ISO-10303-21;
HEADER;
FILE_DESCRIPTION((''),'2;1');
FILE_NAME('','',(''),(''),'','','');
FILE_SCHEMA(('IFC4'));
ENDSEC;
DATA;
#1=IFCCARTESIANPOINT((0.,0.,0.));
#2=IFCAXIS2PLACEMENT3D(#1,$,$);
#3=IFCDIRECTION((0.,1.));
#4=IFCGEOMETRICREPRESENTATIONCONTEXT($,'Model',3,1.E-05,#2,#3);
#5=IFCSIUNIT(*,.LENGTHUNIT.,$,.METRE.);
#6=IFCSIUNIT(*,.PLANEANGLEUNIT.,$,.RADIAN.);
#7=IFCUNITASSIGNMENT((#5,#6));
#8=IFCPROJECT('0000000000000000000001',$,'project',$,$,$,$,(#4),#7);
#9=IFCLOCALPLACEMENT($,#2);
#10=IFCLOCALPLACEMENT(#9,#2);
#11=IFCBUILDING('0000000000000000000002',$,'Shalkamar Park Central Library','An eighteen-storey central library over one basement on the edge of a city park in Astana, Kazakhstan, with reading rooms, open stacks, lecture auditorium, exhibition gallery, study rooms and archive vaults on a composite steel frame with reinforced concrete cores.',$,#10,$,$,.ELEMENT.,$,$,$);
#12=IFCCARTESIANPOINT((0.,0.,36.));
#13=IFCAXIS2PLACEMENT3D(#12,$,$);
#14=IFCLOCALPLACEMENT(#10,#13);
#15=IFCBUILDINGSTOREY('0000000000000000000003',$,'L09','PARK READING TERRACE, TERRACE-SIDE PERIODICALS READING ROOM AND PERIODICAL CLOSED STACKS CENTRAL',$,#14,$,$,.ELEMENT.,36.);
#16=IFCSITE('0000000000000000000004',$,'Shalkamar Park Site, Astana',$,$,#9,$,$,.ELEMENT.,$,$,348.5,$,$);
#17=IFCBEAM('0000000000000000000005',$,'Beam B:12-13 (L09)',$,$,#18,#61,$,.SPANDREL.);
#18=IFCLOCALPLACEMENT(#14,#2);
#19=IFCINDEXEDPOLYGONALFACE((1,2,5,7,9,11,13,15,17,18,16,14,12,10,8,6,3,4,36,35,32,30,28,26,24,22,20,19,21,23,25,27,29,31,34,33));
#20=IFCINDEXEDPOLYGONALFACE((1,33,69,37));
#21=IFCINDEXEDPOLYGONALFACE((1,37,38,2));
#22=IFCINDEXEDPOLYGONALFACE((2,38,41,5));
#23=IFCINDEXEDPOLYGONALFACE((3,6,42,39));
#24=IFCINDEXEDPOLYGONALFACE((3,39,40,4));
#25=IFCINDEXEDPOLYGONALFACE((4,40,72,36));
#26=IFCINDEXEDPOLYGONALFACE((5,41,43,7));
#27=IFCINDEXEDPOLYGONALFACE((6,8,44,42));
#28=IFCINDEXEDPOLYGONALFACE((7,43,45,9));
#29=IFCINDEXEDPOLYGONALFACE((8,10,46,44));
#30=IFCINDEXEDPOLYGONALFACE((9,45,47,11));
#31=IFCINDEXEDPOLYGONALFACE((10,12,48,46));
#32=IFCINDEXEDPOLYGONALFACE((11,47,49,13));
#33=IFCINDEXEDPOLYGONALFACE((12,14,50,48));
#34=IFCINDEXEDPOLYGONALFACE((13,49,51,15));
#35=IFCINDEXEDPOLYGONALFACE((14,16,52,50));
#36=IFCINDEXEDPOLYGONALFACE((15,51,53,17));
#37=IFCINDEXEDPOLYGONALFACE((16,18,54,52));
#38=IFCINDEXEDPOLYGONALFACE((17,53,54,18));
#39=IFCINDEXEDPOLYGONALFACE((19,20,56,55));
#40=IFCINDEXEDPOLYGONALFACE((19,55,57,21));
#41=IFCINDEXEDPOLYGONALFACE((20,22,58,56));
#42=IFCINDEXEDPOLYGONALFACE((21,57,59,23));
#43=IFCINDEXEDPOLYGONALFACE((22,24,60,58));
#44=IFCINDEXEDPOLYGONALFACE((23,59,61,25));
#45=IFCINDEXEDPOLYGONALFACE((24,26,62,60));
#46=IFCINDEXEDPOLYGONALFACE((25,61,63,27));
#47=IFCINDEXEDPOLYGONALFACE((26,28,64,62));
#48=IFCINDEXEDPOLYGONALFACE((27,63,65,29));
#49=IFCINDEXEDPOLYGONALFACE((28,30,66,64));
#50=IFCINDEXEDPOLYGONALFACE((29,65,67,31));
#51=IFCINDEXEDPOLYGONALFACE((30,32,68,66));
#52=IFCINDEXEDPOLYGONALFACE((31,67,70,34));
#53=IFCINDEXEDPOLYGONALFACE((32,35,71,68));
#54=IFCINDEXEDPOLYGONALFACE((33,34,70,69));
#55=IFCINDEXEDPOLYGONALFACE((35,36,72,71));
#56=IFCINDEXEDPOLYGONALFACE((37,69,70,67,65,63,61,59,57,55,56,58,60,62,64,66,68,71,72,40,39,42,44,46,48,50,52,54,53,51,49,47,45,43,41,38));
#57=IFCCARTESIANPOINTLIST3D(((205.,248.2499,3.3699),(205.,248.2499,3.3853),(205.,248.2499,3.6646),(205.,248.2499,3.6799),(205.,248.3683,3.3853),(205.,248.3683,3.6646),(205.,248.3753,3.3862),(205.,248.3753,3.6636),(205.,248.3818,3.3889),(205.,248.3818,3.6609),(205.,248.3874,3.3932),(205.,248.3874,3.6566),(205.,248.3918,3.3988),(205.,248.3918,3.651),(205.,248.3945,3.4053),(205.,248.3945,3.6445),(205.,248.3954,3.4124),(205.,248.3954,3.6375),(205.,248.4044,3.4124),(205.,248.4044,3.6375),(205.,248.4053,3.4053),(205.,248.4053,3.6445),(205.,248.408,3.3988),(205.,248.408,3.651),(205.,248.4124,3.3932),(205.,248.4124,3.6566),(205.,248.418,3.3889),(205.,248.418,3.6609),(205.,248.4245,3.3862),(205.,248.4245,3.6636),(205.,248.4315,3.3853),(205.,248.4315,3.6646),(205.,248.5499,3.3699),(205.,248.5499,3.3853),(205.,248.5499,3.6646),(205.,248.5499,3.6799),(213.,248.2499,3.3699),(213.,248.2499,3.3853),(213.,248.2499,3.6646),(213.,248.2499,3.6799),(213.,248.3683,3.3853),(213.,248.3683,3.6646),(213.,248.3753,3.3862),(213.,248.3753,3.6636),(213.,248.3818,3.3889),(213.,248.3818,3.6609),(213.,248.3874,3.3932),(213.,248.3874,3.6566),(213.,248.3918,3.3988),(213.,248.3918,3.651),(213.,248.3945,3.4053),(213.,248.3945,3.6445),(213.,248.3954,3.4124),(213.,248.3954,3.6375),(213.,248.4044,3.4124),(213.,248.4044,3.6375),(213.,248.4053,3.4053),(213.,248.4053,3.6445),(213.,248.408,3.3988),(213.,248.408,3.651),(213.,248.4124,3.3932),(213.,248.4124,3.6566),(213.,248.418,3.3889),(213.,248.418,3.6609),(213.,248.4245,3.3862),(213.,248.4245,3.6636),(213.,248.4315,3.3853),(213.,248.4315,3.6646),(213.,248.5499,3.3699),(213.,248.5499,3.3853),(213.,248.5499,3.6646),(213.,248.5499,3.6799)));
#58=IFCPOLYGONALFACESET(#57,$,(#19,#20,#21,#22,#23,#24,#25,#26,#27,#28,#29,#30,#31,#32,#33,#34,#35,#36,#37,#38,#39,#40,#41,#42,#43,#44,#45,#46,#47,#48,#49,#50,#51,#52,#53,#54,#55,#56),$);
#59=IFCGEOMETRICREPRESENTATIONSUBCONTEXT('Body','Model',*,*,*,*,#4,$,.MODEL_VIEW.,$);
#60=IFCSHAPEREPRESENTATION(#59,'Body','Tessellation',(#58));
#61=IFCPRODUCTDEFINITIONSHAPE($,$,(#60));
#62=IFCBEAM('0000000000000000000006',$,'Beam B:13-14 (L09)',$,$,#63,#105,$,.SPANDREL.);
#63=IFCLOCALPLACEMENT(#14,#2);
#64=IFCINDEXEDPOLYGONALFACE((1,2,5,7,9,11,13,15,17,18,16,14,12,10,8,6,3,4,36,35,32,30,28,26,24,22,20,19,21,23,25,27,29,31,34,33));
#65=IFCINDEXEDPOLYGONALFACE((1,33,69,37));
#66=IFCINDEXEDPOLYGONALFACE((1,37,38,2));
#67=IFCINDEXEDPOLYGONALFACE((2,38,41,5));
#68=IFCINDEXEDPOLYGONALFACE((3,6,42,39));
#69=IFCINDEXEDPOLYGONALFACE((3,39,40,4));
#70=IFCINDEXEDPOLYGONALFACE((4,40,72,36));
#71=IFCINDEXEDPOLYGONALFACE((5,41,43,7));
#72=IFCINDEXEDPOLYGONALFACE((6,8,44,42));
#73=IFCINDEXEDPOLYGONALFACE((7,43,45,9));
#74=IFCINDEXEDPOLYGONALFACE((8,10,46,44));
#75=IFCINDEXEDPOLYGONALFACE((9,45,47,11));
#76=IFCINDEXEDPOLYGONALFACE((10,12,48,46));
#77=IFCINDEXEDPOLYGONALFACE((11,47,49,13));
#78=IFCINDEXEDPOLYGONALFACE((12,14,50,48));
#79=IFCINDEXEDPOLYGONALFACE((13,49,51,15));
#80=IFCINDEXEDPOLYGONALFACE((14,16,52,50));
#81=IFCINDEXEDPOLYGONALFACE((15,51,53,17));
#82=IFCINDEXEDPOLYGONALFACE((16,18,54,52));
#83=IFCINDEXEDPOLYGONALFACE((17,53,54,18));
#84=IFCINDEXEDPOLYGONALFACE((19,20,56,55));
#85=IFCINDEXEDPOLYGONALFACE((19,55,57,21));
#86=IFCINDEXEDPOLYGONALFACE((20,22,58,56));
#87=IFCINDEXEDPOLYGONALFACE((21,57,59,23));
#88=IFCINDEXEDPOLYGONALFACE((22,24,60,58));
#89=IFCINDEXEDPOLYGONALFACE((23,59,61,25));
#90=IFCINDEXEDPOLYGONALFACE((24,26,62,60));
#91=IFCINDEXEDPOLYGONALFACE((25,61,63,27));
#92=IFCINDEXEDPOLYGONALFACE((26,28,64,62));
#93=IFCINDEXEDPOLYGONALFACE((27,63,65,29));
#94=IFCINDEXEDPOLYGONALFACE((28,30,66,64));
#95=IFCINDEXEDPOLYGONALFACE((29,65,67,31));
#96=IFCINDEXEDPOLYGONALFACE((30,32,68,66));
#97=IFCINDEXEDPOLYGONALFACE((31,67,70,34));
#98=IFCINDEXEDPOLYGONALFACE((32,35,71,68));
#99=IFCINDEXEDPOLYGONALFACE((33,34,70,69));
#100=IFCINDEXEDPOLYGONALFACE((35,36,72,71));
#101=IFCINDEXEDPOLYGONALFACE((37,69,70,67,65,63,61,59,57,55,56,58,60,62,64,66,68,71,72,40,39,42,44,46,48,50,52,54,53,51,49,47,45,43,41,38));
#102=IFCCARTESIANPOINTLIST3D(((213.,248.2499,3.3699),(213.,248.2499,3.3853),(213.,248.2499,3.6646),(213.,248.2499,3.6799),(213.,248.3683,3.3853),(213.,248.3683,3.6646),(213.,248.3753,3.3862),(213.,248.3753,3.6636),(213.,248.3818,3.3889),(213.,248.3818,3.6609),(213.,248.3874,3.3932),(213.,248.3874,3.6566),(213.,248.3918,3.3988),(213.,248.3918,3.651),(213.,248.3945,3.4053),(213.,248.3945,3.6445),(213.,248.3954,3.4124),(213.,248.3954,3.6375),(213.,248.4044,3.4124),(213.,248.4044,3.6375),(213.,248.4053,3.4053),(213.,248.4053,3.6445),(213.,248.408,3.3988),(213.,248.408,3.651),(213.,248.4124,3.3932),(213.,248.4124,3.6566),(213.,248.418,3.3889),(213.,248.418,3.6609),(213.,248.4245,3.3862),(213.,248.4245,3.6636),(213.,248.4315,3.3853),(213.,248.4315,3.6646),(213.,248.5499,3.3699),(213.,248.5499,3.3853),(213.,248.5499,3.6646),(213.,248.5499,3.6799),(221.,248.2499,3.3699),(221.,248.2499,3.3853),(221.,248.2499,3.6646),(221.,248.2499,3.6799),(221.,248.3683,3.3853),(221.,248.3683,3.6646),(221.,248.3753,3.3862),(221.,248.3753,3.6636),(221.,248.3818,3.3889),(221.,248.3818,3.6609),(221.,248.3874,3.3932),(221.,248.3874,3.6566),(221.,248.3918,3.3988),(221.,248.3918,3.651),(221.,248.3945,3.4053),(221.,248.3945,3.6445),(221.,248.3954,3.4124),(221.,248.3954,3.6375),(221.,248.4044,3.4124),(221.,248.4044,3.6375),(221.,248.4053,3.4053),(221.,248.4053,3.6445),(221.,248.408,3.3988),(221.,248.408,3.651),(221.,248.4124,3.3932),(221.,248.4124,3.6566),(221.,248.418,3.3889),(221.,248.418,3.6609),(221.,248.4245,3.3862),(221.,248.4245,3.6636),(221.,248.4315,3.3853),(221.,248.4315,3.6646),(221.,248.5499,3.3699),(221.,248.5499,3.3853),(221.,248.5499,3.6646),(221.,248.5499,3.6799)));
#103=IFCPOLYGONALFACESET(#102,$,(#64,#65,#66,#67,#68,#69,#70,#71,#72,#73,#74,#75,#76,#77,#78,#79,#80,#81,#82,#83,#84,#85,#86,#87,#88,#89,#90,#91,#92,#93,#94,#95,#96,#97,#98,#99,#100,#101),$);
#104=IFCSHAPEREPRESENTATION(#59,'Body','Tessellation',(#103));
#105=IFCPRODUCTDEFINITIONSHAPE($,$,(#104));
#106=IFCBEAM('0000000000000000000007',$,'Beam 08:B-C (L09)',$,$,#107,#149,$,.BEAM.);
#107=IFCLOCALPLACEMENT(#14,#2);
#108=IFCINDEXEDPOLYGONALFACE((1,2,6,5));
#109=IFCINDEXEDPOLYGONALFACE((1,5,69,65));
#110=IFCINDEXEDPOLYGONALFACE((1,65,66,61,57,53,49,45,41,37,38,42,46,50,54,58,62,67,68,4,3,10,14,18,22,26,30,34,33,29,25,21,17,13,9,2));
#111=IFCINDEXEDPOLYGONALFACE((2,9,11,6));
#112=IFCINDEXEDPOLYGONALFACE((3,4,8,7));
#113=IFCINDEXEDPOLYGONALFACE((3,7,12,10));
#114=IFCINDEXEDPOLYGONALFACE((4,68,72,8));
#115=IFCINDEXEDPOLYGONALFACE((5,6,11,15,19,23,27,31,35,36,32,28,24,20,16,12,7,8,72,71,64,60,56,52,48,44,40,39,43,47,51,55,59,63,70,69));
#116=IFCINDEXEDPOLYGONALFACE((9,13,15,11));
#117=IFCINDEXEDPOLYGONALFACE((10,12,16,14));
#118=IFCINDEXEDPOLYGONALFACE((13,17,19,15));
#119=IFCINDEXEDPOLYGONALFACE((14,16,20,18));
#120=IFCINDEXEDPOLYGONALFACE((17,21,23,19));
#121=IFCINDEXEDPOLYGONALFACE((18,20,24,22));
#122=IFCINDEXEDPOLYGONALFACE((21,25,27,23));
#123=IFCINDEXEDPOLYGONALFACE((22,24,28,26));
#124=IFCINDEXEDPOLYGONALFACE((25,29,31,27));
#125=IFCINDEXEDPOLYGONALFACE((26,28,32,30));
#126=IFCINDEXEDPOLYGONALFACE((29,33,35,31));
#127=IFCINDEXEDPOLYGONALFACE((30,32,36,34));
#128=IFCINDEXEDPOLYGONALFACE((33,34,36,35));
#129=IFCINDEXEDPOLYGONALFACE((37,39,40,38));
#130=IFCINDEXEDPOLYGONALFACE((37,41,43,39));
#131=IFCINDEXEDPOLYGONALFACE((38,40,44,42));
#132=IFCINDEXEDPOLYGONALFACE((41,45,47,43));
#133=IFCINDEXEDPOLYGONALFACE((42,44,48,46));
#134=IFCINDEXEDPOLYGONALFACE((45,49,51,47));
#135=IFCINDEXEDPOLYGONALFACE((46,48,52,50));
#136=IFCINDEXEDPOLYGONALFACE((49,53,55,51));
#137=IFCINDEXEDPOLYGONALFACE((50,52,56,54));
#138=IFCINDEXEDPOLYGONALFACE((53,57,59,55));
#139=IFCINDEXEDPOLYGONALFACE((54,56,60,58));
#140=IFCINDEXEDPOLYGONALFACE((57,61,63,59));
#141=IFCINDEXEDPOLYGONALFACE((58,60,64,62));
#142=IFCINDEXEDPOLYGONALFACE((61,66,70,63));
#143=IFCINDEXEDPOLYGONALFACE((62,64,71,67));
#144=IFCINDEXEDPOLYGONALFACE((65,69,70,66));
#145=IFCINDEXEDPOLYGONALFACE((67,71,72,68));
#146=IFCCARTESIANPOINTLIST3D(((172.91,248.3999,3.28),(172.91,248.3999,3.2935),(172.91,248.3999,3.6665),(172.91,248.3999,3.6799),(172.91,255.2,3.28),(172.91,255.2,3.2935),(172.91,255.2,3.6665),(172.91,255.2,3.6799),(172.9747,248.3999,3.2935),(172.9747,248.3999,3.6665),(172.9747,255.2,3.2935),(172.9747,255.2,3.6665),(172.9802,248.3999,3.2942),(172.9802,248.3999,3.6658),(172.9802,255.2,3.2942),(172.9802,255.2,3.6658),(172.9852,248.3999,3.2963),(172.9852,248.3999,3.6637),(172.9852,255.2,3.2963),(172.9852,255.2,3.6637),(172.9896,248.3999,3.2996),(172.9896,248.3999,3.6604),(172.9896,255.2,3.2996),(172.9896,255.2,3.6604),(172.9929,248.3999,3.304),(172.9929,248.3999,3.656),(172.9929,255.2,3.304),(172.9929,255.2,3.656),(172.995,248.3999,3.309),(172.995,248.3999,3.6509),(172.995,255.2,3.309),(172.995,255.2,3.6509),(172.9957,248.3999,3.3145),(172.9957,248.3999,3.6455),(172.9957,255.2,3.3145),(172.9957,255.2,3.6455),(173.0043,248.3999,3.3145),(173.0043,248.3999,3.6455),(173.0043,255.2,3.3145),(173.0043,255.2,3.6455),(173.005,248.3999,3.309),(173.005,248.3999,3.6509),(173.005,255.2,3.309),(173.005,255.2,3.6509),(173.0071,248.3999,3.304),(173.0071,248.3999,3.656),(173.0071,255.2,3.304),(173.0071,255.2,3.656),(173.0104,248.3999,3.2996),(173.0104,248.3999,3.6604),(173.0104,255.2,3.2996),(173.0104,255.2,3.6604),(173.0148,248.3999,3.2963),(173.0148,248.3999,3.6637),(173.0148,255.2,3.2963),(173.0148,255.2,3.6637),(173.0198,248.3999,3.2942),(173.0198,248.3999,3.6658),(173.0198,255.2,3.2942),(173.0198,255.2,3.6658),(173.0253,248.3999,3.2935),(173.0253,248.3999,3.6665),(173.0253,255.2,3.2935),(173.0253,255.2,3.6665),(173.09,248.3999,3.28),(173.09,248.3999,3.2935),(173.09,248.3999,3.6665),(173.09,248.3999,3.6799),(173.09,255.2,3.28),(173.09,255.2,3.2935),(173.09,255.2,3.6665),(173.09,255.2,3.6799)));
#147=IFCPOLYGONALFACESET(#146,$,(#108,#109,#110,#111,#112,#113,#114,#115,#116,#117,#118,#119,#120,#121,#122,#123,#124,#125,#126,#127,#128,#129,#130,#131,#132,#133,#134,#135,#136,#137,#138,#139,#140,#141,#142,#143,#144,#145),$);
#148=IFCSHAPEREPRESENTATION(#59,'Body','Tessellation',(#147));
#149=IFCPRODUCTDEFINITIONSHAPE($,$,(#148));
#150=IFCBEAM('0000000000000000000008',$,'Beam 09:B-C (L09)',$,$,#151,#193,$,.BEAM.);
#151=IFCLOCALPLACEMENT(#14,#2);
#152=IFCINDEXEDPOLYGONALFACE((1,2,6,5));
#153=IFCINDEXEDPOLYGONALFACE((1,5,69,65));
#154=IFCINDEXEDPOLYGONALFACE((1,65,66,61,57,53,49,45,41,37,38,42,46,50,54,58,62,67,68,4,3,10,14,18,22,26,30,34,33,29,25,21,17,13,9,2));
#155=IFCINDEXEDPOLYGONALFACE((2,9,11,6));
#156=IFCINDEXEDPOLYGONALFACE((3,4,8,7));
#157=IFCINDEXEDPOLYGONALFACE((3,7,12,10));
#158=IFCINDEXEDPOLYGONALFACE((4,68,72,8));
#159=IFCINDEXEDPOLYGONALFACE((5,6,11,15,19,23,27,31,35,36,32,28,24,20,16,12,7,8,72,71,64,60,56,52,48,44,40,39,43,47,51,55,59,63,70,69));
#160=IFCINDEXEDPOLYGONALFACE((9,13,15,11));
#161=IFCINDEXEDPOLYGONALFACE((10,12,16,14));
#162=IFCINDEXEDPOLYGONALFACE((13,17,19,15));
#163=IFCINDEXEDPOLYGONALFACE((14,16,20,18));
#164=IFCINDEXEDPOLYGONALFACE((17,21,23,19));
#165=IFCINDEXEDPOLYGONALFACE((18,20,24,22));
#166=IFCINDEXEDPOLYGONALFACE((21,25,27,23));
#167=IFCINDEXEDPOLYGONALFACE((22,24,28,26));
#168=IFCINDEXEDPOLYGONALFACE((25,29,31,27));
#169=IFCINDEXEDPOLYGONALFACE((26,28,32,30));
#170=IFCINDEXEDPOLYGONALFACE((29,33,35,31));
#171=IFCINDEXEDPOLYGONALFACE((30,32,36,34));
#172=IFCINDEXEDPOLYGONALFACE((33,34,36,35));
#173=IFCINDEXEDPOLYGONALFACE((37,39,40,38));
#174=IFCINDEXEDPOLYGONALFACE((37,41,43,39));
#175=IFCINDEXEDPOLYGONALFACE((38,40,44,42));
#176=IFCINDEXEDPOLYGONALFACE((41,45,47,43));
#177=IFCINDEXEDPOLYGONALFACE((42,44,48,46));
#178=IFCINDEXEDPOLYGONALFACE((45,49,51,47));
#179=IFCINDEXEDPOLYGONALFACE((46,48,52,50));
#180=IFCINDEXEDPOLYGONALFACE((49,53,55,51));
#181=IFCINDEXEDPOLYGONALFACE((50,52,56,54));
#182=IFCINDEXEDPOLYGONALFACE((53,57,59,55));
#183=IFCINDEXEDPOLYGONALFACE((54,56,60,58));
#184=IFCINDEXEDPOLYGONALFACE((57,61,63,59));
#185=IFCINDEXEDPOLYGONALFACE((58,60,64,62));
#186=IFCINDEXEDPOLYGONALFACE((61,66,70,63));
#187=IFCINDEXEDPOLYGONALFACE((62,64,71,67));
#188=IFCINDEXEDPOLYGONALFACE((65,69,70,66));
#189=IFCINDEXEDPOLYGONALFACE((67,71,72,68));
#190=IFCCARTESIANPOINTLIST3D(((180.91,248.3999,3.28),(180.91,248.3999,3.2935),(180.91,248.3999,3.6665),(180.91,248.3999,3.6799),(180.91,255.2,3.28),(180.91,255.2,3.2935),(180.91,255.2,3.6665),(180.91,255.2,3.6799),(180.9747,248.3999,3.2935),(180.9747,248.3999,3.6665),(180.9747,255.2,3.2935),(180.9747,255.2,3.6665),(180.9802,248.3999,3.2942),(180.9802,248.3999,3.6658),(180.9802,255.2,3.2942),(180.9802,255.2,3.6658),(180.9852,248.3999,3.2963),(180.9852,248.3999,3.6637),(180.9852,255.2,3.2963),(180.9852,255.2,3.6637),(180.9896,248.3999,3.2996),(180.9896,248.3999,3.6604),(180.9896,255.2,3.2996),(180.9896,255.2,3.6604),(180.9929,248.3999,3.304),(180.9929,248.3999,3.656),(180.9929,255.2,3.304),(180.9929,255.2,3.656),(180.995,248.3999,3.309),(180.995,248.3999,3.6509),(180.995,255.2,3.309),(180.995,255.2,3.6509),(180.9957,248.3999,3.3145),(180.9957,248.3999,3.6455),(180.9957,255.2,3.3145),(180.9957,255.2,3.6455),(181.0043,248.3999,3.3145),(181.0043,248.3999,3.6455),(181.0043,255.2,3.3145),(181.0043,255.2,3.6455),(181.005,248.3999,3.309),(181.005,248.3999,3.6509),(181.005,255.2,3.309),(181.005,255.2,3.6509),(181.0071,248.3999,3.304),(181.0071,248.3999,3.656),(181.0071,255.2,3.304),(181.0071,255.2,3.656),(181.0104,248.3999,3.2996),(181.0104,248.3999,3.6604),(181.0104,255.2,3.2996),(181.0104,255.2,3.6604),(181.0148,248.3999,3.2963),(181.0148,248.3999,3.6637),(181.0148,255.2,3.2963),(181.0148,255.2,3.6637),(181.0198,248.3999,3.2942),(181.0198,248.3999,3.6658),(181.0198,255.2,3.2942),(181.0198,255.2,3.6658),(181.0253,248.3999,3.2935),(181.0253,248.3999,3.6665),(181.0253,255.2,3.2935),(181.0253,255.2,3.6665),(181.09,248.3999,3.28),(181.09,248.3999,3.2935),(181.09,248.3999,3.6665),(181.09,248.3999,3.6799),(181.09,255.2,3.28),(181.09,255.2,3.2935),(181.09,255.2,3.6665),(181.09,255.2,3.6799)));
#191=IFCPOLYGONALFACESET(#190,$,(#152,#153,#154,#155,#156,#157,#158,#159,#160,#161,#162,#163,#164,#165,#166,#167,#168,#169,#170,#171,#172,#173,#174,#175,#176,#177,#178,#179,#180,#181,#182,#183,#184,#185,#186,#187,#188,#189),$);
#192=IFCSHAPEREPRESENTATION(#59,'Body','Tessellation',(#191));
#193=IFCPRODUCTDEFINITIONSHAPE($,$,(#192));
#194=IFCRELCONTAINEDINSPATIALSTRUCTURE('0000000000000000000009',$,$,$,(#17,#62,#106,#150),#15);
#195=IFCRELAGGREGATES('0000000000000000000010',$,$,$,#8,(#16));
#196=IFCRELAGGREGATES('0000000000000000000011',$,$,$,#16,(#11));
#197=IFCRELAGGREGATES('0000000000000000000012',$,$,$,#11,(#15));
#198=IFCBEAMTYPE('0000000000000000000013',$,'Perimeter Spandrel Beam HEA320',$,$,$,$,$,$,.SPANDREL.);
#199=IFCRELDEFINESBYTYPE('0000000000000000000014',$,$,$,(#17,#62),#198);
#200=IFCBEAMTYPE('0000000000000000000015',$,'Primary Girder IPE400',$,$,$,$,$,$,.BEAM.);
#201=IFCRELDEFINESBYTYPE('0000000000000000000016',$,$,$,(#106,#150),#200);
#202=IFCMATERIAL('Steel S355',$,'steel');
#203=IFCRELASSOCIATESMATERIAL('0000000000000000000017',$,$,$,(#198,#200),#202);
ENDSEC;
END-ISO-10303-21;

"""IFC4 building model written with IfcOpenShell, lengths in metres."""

from ifc_helpers import new_model, si_unit, direction, frame, origin, origin_2d, place, context, subcontext, project, spatial, i_section, extrude, material, material_profile, profile_set, type_object, element, save


model = new_model("IFC4")

# Units and contexts
model_context = context("Model", 3, precision=1e-05, world=origin(), true_north=direction((0.0, 1.0)))
body_context = subcontext(model_context, "Body", "Model", "MODEL_VIEW")
ifc_project = project(units=[si_unit("LENGTHUNIT", "METRE"), si_unit("PLANEANGLEUNIT", "RADIAN")], contexts=[model_context])

# Site, building, storey
site_placement = place(None, origin())
site = spatial("IfcSite", under=ifc_project, at=site_placement, Name="Shalkamar Park Site, Astana", CompositionType="ELEMENT", RefElevation=348.5)
building_placement = place(site_placement, origin())
building = spatial("IfcBuilding", under=site, at=building_placement, Name="Shalkamar Park Central Library", Description="An eighteen-storey central library over one basement on the edge of a city park in Astana, Kazakhstan, with reading rooms, open stacks, lecture auditorium, exhibition gallery, study rooms and archive vaults on a composite steel frame with reinforced concrete cores.", CompositionType="ELEMENT")
storey_placement = place(building_placement, frame((0.0, 0.0, 36.0)))
storey = spatial("IfcBuildingStorey", under=building, at=storey_placement, Name="L09", Description="PARK READING TERRACE, TERRACE-SIDE PERIODICALS READING ROOM AND PERIODICAL CLOSED STACKS CENTRAL", CompositionType="ELEMENT", Elevation=36.0)

# Shared definitions
ifc_material_1 = material(Name="Steel S355", Category="steel")

# Beams
ifc_material_profile_1 = material_profile(ifc_material_1, i_section(OverallWidth=0.3, OverallDepth=0.3101, WebThickness=0.009, FlangeThickness=0.0154, FilletRadius=0.0271, at=origin_2d()), Name="HEA 320")
ifc_profile_set_1 = profile_set([ifc_material_profile_1], Name="Steel S355")
beam_type_1 = type_object("IfcBeamType", Name="Perimeter Spandrel Beam HEA320", PredefinedType="SPANDREL", material=ifc_profile_set_1)
for number, where, z_axis, x_axis, name in (
    (1, (205.0, 248.3999, 3.5249), (1.0, 0.0, 0.0), (0.0, 1.0, 0.0), "Beam B:12-13 (L09)"),
    (2, (213.0, 248.3999, 3.5249), (1.0, 0.0, 0.0), (0.0, 1.0, 0.0), "Beam B:13-14 (L09)"),
):
    element("IfcBeam", number, at=place(storey_placement, frame(where, z_axis=z_axis, x_axis=x_axis)), inside=storey, type_object=beam_type_1, Name=name, PredefinedType="SPANDREL", context=body_context, shape_type="SweptSolid", body=[
        extrude(i_section(OverallWidth=0.3, OverallDepth=0.3101, WebThickness=0.009, FlangeThickness=0.0154, FilletRadius=0.0271, at=origin_2d()), origin(), (0.0, 0.0, 1.0), 8.0),
    ])
ifc_material_profile_2 = material_profile(ifc_material_1, i_section(OverallWidth=0.1799, OverallDepth=0.3999, WebThickness=0.0085, FlangeThickness=0.0134, FilletRadius=0.021, at=origin_2d()), Name="IPE 400")
ifc_profile_set_2 = profile_set([ifc_material_profile_2], Name="Steel S355")
beam_type_2 = type_object("IfcBeamType", Name="Primary Girder IPE400", PredefinedType="BEAM", material=ifc_profile_set_2)
for number, where, z_axis, x_axis, name in (
    (3, (173.0, 248.3999, 3.48), (0.0, 1.0, 0.0), (-1.0, 0.0, 0.0), "Beam 08:B-C (L09)"),
    (4, (181.0, 248.3999, 3.48), (0.0, 1.0, 0.0), (-1.0, 0.0, 0.0), "Beam 09:B-C (L09)"),
):
    element("IfcBeam", number, at=place(storey_placement, frame(where, z_axis=z_axis, x_axis=x_axis)), inside=storey, type_object=beam_type_2, Name=name, PredefinedType="BEAM", context=body_context, shape_type="SweptSolid", body=[
        extrude(i_section(OverallWidth=0.1799, OverallDepth=0.3999, WebThickness=0.0085, FlangeThickness=0.0134, FilletRadius=0.021, at=origin_2d()), origin(), (0.0, 0.0, 1.0), 6.8),
    ])

save(model, "model.ifc")
